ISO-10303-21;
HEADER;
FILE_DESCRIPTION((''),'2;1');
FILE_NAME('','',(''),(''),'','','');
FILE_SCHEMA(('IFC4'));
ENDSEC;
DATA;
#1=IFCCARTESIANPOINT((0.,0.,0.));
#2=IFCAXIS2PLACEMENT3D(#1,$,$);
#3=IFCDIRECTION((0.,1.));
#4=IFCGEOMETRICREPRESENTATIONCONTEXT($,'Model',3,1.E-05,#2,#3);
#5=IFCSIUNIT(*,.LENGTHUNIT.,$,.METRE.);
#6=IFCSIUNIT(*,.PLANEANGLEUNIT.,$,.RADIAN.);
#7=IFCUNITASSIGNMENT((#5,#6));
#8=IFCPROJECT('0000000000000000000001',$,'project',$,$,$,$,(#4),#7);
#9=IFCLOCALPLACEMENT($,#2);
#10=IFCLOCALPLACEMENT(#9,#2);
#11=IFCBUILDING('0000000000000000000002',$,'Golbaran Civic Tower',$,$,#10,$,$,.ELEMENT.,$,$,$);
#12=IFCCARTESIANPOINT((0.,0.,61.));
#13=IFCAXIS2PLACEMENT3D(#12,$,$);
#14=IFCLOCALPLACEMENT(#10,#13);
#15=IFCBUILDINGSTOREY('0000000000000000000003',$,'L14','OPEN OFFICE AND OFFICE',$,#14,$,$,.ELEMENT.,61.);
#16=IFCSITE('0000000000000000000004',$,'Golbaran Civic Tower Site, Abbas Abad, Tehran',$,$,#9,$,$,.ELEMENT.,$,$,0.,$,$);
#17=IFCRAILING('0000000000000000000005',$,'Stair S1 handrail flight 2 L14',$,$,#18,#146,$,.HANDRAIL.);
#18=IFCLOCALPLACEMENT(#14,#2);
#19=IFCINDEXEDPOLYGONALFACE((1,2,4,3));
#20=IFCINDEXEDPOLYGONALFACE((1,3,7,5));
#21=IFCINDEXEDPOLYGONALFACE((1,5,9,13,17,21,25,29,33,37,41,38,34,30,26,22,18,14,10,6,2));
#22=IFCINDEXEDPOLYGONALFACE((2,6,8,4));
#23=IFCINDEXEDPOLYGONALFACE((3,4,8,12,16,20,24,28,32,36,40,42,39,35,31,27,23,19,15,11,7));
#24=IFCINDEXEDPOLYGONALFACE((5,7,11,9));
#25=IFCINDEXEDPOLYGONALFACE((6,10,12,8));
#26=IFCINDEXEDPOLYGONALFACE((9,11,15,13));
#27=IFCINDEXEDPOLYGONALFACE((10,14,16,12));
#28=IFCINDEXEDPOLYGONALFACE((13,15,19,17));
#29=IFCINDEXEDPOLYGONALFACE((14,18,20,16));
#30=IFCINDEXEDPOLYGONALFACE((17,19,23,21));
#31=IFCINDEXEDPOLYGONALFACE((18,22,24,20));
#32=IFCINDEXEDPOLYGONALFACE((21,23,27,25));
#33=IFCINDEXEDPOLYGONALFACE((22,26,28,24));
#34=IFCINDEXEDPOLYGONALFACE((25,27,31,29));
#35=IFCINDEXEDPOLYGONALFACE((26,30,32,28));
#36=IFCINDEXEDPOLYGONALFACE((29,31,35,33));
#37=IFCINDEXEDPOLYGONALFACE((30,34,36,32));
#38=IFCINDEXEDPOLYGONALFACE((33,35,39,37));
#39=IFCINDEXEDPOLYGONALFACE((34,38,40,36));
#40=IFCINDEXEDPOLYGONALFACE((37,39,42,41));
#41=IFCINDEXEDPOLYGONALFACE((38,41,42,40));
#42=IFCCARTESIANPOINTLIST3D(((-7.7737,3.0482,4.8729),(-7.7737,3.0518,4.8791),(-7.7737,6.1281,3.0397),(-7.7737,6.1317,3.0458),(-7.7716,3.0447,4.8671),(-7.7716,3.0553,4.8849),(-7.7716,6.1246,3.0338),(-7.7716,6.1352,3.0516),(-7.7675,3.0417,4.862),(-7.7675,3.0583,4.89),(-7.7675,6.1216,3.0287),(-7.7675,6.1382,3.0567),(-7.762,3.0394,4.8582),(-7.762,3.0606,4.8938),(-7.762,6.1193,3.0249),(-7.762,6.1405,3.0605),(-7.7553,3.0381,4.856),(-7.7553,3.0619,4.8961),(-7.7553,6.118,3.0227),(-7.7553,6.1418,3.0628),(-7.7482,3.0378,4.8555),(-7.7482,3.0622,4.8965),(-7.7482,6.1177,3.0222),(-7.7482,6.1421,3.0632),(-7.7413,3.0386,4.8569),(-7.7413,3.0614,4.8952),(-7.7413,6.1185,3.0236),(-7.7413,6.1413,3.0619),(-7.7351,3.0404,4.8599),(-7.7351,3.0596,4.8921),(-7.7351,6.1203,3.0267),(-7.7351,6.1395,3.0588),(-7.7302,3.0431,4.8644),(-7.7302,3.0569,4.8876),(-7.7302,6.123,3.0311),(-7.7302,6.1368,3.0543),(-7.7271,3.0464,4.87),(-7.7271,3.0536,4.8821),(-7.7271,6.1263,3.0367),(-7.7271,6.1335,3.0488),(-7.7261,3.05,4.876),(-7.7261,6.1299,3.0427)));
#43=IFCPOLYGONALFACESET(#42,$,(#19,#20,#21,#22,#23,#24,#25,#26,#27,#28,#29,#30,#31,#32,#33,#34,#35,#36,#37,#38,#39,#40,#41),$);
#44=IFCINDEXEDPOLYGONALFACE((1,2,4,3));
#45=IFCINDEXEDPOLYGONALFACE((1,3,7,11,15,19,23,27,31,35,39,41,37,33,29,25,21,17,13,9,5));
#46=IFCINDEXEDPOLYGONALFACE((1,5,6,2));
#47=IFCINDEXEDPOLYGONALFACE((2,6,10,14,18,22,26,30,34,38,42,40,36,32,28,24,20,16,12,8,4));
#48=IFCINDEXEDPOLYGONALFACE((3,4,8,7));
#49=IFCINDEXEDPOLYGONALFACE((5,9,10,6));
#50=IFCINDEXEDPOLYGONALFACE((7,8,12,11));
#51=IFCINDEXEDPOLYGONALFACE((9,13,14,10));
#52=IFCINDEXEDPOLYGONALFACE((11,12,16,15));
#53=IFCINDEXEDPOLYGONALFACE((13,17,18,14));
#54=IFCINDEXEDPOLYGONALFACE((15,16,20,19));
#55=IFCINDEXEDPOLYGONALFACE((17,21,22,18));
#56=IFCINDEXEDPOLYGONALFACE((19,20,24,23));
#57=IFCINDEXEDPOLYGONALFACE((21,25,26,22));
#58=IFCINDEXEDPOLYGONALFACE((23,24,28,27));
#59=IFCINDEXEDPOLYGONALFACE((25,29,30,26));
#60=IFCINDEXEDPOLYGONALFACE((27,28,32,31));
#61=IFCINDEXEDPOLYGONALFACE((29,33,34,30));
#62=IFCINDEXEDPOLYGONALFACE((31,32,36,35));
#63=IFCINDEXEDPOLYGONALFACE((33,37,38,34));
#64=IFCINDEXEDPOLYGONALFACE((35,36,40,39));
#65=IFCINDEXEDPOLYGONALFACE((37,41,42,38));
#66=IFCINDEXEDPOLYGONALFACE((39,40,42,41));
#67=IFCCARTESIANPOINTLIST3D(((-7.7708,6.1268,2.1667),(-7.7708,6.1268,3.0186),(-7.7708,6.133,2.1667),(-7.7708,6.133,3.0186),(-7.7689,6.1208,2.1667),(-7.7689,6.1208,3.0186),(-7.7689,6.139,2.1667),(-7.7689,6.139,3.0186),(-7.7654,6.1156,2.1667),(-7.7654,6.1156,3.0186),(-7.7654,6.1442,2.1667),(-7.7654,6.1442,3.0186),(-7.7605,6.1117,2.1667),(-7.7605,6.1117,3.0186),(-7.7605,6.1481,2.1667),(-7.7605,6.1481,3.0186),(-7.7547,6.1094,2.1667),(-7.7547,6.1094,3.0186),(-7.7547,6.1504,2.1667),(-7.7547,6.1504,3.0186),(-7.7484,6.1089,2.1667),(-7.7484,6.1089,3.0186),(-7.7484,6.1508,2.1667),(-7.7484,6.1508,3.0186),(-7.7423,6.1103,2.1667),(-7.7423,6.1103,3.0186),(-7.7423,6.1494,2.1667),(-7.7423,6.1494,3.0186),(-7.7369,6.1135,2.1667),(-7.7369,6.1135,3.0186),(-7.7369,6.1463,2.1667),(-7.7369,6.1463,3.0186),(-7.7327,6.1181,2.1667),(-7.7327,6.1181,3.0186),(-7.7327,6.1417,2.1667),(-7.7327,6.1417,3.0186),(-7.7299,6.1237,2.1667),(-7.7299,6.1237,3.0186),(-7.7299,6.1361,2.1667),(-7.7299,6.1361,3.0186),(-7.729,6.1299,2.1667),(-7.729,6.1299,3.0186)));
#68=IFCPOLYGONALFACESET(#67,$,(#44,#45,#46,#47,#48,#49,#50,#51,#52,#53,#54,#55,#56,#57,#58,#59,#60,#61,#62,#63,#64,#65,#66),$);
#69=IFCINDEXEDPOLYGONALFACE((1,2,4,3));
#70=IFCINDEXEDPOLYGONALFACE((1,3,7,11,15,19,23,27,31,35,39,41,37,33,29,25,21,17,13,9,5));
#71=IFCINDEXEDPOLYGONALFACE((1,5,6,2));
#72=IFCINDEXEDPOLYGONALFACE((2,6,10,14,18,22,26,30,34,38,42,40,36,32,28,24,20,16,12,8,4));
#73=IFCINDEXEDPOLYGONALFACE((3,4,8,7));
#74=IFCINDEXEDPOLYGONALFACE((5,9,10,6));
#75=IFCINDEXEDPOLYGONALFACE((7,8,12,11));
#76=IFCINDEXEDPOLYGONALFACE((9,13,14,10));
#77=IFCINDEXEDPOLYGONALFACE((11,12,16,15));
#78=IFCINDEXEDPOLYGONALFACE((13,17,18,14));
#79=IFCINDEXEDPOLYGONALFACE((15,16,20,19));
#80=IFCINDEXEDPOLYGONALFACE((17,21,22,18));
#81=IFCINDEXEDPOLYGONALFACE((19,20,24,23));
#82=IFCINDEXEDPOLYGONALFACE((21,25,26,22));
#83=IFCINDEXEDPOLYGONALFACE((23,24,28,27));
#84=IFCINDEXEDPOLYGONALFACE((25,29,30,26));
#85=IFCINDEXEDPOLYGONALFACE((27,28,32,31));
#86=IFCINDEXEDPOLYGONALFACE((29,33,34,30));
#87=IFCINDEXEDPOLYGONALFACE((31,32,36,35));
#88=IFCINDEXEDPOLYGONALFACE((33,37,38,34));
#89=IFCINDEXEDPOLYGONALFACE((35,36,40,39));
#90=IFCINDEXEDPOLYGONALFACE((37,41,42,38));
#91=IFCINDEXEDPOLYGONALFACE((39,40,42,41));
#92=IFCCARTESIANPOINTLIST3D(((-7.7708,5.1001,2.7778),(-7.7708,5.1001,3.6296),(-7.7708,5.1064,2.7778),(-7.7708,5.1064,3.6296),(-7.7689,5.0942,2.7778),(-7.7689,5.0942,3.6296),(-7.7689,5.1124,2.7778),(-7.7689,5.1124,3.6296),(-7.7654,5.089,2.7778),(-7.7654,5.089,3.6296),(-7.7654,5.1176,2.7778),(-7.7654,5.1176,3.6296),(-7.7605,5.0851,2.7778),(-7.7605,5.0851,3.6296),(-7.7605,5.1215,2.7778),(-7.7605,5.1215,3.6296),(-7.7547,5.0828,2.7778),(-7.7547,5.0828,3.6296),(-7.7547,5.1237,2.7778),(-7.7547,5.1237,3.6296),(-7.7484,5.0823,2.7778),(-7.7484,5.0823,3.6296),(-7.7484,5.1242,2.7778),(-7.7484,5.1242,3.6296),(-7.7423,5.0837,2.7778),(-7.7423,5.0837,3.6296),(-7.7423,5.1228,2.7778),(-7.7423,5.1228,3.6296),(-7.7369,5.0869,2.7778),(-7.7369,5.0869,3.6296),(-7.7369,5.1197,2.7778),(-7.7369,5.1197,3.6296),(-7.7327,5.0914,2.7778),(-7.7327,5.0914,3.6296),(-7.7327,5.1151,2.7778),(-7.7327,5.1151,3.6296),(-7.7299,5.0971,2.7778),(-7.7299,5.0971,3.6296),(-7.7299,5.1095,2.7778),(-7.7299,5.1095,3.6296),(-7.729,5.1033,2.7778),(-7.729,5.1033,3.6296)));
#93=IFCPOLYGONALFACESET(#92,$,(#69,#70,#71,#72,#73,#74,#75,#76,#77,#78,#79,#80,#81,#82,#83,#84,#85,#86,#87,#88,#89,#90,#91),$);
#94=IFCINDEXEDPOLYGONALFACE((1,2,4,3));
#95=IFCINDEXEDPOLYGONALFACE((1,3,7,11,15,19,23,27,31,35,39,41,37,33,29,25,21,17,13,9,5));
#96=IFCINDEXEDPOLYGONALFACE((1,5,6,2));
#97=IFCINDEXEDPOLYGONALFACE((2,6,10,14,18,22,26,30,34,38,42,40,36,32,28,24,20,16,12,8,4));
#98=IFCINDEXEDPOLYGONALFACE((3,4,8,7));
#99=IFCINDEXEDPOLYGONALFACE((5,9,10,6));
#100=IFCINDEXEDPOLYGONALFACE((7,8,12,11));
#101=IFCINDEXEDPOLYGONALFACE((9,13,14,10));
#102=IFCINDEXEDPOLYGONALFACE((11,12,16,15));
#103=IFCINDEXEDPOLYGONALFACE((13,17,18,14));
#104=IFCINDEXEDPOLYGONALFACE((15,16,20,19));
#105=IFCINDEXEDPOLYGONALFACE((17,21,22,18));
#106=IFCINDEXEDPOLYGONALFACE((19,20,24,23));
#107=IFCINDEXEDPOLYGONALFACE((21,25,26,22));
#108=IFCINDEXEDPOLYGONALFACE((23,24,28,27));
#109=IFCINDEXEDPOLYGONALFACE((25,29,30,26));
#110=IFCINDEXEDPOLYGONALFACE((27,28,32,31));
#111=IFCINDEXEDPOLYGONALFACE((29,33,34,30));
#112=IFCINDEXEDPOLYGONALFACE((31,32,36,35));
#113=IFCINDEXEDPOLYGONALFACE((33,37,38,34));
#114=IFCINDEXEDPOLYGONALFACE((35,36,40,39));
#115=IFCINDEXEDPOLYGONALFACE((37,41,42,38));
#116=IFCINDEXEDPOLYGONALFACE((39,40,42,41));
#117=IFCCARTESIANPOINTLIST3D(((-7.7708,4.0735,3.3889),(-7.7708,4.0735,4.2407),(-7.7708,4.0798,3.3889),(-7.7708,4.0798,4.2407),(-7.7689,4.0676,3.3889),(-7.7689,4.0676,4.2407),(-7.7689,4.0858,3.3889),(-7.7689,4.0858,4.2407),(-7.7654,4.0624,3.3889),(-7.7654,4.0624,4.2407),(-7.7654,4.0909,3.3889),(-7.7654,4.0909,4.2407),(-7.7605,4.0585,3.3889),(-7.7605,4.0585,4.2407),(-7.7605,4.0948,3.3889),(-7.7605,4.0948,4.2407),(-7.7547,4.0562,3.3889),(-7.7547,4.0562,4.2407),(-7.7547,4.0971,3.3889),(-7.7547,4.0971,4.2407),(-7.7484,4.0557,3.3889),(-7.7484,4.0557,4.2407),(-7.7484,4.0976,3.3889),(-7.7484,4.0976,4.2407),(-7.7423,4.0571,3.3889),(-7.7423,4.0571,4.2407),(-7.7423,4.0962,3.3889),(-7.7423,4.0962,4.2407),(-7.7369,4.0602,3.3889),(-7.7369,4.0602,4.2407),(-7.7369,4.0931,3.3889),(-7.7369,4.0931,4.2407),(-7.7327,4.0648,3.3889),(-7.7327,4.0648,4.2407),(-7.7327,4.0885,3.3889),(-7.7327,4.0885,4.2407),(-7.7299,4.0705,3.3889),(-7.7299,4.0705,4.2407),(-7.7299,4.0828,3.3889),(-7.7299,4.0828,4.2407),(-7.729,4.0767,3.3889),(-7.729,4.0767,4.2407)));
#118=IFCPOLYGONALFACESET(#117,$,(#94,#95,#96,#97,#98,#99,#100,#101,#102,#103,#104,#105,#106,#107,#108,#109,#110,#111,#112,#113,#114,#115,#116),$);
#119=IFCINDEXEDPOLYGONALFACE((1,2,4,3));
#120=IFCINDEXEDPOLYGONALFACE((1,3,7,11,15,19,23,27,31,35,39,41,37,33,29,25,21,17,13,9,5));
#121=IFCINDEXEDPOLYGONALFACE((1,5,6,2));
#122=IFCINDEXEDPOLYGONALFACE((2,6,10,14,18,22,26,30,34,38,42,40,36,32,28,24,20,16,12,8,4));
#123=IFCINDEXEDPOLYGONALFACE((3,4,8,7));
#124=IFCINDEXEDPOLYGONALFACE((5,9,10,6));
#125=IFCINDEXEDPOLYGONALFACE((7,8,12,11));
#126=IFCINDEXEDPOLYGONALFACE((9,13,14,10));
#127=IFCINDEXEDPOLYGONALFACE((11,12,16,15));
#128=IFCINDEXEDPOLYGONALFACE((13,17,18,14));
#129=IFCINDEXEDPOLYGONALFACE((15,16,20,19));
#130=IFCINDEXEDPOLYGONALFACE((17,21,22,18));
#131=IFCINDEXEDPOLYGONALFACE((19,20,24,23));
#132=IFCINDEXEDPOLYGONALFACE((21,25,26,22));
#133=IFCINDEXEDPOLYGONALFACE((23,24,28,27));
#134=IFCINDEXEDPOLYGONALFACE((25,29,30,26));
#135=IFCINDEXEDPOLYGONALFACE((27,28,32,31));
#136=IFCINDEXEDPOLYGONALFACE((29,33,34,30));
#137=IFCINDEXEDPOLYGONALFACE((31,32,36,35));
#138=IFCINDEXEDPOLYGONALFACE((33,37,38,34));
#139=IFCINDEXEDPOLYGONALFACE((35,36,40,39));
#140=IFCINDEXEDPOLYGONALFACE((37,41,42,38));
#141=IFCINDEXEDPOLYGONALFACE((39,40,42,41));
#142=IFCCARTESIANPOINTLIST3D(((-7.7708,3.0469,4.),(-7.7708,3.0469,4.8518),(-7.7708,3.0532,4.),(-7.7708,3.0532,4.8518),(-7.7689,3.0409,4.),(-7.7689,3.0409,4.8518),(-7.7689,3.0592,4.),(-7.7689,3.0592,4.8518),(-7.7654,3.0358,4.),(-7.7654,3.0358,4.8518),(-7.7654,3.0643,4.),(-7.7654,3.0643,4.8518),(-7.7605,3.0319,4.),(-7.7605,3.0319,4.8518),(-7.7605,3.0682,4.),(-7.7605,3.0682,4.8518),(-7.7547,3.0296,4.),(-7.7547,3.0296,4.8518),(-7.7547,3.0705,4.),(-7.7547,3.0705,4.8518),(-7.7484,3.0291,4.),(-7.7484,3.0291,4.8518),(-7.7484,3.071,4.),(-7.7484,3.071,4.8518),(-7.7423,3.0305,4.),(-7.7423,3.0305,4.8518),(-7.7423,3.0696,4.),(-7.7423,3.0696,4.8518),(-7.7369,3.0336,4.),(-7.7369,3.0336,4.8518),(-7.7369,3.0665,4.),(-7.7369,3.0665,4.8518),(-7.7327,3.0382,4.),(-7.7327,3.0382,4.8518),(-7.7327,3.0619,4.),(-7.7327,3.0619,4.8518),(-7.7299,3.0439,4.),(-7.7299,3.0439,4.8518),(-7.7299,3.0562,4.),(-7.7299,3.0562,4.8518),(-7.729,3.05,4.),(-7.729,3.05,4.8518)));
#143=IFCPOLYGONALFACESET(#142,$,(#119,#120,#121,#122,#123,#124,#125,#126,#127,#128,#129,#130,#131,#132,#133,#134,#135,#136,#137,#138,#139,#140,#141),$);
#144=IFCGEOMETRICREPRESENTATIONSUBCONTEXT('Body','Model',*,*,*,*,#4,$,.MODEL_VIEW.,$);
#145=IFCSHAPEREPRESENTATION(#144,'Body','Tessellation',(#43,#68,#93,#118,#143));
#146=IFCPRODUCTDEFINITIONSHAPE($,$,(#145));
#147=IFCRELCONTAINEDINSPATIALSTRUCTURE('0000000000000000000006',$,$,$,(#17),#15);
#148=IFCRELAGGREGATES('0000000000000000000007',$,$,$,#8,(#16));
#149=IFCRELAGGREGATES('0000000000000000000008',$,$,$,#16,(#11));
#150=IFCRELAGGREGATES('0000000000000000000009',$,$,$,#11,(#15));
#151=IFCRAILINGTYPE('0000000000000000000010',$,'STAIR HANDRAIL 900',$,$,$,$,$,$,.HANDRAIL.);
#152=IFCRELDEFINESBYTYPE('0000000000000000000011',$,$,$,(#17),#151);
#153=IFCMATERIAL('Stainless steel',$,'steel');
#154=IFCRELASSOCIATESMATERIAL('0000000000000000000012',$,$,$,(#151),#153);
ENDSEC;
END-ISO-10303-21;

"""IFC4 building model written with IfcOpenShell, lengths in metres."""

from ifc_helpers import new_model, si_unit, direction, frame, origin, origin_2d, place, context, subcontext, project, spatial, circle, extrude, material, type_object, element, save


model = new_model("IFC4")

# Units and contexts
model_context = context("Model", 3, precision=1e-05, world=origin(), true_north=direction((0.0, 1.0)))
body_context = subcontext(model_context, "Body", "Model", "MODEL_VIEW")
ifc_project = project(units=[si_unit("LENGTHUNIT", "METRE"), si_unit("PLANEANGLEUNIT", "RADIAN")], contexts=[model_context])

# Site, building, storey
site_placement = place(None, origin())
site = spatial("IfcSite", under=ifc_project, at=site_placement, Name="Golbaran Civic Tower Site, Abbas Abad, Tehran", CompositionType="ELEMENT", RefElevation=0.0)
building_placement = place(site_placement, origin())
building = spatial("IfcBuilding", under=site, at=building_placement, Name="Golbaran Civic Tower", CompositionType="ELEMENT")
storey_placement = place(building_placement, frame((0.0, 0.0, 61.0)))
storey = spatial("IfcBuildingStorey", under=building, at=storey_placement, Name="L14", Description="OPEN OFFICE AND OFFICE", CompositionType="ELEMENT", Elevation=61.0)

# Shared definitions
ifc_material_1 = material(Name="Stainless steel", Category="steel")

# Railing
railing_type = type_object("IfcRailingType", Name="STAIR HANDRAIL 900", PredefinedType="HANDRAIL", material=ifc_material_1)
railing_1_placement = place(storey_placement, frame((-7.75, 6.1299, 2.1667)))
element("IfcRailing", 1, at=railing_1_placement, inside=storey, type_object=railing_type, Name="Stair S1 handrail flight 2 L14", PredefinedType="HANDRAIL", context=body_context, shape_type="SweptSolid", body=[
    extrude(circle(Radius=0.0239, at=origin_2d()), frame((0.0, 0.0, 0.876), z_axis=(0.0, -0.859291, 0.511487), x_axis=(1.0, 0.0, 0.0)), (0.0, 0.0, 1.0), 3.5842),
    extrude(circle(Radius=0.021, at=origin_2d()), origin(), (0.0, 0.0, 1.0), 0.8518),
    extrude(circle(Radius=0.021, at=origin_2d()), frame((0.0, -1.0266, 0.6111)), (0.0, 0.0, 1.0), 0.8518),
    extrude(circle(Radius=0.021, at=origin_2d()), frame((0.0, -2.0532, 1.2222)), (0.0, 0.0, 1.0), 0.8518),
    extrude(circle(Radius=0.021, at=origin_2d()), frame((0.0, -3.0798, 1.8333)), (0.0, 0.0, 1.0), 0.8518),
])

save(model, "model.ifc")
